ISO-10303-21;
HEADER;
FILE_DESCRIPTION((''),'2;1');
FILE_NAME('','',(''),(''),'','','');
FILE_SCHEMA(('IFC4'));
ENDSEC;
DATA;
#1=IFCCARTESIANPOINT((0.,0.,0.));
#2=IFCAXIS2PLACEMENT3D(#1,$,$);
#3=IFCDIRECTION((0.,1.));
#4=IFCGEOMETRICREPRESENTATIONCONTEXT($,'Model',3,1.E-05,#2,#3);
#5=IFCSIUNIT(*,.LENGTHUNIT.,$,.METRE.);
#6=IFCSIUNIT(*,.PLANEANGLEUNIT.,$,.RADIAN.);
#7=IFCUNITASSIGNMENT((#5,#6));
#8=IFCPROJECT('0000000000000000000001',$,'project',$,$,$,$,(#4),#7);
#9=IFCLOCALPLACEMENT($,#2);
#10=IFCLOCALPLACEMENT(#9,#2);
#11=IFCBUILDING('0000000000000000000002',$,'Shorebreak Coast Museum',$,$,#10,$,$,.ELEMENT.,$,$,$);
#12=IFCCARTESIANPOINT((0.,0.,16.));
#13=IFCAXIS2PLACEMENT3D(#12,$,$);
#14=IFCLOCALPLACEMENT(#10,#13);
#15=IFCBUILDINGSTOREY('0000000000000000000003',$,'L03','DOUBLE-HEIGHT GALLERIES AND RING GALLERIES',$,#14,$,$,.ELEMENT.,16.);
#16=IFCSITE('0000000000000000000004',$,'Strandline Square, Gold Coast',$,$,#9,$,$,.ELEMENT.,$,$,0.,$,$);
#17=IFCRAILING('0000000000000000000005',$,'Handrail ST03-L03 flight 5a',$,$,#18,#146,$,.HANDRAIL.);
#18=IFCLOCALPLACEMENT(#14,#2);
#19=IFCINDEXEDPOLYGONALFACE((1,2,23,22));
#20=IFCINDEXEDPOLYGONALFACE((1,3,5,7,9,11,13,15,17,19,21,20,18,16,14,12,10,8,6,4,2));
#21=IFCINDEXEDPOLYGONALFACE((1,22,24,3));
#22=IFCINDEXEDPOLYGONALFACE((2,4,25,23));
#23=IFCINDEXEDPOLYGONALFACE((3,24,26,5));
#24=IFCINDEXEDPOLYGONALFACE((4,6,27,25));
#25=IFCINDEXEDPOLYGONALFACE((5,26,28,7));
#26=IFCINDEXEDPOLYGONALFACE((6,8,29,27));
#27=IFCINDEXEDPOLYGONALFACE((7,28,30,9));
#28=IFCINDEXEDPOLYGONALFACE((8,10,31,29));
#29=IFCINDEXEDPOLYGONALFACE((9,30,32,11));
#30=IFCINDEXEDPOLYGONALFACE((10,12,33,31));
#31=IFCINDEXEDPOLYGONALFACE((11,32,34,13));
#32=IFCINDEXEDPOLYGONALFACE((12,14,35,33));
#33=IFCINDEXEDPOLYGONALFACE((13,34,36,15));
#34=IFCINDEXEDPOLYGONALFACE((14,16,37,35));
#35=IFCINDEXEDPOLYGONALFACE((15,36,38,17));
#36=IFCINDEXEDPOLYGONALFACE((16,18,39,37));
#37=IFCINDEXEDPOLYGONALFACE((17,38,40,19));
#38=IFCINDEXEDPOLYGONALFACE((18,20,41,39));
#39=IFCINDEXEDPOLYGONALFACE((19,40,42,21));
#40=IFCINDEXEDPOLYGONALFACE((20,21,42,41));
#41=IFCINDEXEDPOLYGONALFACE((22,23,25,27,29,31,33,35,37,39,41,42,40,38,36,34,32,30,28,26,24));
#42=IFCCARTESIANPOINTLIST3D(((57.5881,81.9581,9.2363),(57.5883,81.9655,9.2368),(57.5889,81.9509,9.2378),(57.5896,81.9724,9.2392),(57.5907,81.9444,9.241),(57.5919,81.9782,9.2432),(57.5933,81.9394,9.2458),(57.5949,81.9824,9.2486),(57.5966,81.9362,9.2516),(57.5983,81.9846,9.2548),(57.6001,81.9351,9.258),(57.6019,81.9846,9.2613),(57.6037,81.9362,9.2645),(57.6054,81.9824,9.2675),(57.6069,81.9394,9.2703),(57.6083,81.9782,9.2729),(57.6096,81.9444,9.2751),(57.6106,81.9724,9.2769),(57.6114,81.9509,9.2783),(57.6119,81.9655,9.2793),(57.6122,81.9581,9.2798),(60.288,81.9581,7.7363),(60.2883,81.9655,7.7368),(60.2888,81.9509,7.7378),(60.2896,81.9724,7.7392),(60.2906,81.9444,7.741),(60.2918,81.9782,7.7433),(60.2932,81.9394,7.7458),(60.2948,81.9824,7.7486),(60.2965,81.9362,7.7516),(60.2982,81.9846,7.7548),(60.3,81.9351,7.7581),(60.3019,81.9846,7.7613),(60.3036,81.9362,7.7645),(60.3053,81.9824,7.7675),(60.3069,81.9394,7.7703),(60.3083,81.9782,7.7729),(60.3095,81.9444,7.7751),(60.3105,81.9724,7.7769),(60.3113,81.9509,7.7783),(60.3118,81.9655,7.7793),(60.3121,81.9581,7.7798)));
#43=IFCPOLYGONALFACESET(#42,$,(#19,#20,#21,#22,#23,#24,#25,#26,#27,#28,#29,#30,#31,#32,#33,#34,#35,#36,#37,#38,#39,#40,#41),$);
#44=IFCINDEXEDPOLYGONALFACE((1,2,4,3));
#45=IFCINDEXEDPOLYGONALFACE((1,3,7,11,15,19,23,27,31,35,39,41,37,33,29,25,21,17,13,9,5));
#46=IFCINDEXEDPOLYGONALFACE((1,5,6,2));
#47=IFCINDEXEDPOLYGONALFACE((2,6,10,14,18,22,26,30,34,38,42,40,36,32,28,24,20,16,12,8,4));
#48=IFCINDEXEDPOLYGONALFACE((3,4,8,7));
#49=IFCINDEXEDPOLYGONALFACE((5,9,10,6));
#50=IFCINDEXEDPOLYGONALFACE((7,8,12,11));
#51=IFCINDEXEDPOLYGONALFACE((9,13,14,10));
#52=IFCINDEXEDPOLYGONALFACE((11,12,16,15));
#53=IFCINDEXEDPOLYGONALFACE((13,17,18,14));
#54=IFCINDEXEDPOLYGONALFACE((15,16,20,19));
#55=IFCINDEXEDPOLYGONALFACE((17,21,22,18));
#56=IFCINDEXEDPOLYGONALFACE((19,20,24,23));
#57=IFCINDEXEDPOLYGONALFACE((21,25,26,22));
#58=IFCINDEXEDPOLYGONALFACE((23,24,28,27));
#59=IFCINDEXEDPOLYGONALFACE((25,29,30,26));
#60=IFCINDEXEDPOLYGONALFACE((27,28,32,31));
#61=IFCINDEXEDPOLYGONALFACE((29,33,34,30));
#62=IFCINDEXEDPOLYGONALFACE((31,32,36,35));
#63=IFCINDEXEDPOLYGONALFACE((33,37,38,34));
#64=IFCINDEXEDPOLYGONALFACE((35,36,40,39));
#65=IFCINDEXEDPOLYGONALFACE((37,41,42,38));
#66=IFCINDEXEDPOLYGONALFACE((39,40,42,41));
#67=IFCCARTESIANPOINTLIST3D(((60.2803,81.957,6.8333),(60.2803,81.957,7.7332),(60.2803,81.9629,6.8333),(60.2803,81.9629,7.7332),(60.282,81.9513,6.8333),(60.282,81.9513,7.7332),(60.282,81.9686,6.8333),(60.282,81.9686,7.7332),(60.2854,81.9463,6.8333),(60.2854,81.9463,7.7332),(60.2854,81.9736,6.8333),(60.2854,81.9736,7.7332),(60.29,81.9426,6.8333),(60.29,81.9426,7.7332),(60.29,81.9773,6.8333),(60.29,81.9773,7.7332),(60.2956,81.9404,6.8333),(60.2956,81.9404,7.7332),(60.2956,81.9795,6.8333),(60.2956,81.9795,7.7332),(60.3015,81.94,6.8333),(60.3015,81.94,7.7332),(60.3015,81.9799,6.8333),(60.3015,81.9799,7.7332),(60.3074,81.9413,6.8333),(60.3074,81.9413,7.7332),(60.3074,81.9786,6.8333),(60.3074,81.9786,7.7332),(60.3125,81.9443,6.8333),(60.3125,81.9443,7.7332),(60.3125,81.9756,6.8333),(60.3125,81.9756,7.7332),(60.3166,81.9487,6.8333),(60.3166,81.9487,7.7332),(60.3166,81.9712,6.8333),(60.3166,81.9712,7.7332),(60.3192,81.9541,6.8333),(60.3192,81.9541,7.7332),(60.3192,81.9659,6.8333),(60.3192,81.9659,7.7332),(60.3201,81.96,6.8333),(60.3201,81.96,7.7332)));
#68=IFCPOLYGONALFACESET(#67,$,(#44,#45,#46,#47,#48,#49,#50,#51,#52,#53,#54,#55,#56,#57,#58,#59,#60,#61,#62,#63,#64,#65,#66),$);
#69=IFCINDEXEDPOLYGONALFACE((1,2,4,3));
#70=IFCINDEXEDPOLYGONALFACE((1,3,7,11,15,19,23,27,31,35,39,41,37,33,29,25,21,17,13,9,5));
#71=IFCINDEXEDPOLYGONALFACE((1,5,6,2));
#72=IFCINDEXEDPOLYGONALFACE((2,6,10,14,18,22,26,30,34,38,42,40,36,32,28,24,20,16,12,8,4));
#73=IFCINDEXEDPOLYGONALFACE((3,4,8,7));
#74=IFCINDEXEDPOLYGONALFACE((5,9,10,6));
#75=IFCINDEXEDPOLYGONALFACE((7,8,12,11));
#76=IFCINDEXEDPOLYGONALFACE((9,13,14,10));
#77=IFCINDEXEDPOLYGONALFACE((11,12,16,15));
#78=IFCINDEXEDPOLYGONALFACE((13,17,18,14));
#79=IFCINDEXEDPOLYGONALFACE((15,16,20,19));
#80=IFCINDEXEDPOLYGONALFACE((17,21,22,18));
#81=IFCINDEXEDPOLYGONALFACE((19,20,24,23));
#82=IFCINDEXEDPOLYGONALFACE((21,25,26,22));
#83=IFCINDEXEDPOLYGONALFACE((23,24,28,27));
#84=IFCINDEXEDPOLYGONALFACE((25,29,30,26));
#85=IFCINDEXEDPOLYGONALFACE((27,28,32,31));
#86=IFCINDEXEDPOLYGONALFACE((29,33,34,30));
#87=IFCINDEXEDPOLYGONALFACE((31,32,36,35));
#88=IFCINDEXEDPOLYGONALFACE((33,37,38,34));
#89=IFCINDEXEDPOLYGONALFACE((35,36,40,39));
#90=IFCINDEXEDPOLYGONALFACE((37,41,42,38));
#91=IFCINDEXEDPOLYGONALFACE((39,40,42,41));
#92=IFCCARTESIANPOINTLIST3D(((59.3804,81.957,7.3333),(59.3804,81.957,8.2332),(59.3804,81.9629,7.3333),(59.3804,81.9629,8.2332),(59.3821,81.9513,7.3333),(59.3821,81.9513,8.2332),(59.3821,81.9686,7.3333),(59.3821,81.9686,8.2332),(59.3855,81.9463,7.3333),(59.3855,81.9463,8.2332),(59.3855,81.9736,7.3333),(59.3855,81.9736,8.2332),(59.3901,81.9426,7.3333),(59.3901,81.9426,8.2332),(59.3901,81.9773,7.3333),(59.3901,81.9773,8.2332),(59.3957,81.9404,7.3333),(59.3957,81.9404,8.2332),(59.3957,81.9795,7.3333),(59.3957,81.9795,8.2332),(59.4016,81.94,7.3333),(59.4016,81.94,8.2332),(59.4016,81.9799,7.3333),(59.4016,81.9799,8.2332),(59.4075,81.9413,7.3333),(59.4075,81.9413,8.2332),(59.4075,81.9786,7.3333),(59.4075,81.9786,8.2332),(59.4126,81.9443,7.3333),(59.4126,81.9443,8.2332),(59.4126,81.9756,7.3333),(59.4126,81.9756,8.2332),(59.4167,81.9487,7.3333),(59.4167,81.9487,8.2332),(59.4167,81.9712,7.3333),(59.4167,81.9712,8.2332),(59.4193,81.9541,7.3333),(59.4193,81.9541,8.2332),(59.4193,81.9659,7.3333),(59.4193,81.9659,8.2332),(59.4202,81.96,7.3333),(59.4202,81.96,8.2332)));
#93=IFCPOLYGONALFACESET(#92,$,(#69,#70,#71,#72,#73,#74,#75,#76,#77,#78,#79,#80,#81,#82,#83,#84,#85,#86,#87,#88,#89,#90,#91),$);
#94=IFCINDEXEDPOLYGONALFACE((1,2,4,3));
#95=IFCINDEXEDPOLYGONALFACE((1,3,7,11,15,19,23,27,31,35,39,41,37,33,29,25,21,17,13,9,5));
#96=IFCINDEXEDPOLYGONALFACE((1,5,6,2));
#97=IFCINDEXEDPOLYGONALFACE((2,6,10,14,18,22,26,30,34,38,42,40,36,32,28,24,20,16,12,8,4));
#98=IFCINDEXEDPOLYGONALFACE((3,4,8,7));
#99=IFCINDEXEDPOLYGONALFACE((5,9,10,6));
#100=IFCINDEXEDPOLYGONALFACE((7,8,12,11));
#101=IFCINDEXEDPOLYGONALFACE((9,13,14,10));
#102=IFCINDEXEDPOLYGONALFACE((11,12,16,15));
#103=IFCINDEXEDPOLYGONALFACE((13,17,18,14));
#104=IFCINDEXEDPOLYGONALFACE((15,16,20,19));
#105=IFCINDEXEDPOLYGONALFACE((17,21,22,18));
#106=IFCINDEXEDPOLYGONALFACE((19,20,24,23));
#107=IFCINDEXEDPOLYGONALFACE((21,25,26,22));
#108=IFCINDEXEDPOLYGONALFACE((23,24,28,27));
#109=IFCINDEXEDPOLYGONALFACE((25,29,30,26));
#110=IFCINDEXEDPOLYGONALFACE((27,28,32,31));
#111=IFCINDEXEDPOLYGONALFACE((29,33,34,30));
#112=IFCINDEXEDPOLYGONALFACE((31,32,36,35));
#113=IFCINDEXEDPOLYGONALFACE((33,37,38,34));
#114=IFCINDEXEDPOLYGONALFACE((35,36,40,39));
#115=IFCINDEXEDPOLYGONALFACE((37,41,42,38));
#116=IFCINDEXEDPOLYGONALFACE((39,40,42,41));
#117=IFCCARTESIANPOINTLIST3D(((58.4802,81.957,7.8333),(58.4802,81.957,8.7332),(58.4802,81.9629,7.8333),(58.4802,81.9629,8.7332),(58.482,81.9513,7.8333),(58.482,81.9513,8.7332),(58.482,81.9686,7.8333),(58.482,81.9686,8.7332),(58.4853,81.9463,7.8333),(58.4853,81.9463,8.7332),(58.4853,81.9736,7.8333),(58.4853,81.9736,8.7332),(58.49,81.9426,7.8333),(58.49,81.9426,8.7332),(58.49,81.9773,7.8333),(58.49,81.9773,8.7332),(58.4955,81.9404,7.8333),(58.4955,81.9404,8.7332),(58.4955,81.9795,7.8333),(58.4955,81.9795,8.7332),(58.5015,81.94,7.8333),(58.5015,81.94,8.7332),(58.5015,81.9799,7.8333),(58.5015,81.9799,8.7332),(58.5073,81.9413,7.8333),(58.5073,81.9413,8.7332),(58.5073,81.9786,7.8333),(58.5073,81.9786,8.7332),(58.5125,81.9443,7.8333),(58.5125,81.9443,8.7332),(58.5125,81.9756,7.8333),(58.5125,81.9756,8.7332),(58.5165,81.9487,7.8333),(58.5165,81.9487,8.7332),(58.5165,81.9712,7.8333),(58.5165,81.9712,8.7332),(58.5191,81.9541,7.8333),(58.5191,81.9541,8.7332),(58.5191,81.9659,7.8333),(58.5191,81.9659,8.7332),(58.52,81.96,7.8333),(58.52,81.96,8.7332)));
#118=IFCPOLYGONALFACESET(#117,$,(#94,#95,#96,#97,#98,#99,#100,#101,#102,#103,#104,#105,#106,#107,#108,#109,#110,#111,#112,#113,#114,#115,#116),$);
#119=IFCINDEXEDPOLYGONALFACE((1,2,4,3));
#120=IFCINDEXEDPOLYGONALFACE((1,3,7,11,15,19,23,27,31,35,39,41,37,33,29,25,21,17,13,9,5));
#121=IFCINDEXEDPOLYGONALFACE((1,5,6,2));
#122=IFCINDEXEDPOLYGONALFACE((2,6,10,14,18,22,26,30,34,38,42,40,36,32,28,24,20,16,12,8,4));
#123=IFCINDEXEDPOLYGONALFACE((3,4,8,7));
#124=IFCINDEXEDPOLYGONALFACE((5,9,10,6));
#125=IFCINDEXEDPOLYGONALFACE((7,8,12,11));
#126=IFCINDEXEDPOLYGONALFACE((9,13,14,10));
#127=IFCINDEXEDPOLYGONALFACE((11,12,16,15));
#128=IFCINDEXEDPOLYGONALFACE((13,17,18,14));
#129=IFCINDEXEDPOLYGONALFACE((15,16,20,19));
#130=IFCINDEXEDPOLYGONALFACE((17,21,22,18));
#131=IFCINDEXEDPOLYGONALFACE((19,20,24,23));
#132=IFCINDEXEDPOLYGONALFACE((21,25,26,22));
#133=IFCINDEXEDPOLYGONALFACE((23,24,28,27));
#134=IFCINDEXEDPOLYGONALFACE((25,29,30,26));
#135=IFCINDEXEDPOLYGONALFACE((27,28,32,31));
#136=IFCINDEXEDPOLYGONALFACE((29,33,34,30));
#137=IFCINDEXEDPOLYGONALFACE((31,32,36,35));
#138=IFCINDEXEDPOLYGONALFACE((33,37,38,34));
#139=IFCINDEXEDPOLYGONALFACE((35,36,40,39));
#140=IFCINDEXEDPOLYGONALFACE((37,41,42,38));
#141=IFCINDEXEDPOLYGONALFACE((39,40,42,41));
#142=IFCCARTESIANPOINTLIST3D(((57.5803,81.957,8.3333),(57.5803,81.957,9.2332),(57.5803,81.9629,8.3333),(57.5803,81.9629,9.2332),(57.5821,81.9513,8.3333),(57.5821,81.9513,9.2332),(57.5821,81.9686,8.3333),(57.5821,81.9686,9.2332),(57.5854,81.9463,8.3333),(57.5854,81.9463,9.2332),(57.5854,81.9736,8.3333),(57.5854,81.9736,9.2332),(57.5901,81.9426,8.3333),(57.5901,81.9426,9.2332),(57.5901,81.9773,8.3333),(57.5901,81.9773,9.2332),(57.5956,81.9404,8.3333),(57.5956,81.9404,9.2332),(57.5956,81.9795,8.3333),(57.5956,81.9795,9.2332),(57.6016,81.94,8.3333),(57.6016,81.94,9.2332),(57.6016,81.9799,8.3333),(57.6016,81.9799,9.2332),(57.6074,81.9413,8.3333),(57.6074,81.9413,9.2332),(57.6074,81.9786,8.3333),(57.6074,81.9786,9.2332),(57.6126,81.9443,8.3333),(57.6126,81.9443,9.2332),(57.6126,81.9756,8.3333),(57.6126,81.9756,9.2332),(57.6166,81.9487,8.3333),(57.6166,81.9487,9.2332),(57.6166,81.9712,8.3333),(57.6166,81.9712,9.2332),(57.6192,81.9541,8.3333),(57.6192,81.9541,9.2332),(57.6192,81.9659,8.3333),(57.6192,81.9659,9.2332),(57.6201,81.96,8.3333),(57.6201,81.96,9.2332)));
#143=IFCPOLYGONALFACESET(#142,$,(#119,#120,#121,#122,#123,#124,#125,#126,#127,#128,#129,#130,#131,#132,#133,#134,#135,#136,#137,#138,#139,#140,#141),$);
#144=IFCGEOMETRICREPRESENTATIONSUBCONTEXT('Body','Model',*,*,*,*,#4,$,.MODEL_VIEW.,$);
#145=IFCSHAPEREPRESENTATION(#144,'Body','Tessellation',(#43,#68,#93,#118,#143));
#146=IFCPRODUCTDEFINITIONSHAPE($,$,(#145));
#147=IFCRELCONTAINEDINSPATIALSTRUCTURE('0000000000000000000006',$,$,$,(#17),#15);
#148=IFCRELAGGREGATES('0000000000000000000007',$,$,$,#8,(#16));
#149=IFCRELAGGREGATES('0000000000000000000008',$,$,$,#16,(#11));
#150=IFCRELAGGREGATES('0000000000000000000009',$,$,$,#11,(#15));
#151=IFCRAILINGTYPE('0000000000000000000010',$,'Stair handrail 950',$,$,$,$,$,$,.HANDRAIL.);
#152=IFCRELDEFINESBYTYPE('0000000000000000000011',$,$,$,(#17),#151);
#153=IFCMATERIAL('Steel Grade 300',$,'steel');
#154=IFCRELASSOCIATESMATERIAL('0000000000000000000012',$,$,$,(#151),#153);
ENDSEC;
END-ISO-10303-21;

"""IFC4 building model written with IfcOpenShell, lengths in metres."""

from ifc_helpers import new_model, si_unit, direction, frame, origin, origin_2d, place, context, subcontext, project, spatial, circle, extrude, material, type_object, element, save


model = new_model("IFC4")

# Units and contexts
model_context = context("Model", 3, precision=1e-05, world=origin(), true_north=direction((0.0, 1.0)))
body_context = subcontext(model_context, "Body", "Model", "MODEL_VIEW")
ifc_project = project(units=[si_unit("LENGTHUNIT", "METRE"), si_unit("PLANEANGLEUNIT", "RADIAN")], contexts=[model_context])

# Site, building, storey
site_placement = place(None, origin())
site = spatial("IfcSite", under=ifc_project, at=site_placement, Name="Strandline Square, Gold Coast", CompositionType="ELEMENT", RefElevation=0.0)
building_placement = place(site_placement, origin())
building = spatial("IfcBuilding", under=site, at=building_placement, Name="Shorebreak Coast Museum", CompositionType="ELEMENT")
storey_placement = place(building_placement, frame((0.0, 0.0, 16.0)))
storey = spatial("IfcBuildingStorey", under=building, at=storey_placement, Name="L03", Description="DOUBLE-HEIGHT GALLERIES AND RING GALLERIES", CompositionType="ELEMENT", Elevation=16.0)

# Railing
ifc_material_1 = material(Name="Steel Grade 300", Category="steel")
railing_type_1 = type_object("IfcRailingType", Name="Stair handrail 950", PredefinedType="HANDRAIL", material=ifc_material_1)
for number, where, name in (
    (1, (60.3, 81.96, 6.8333), "Handrail ST03-L03 flight 5a"),
):
    element("IfcRailing", number, at=place(storey_placement, frame(where)), inside=storey, type_object=railing_type_1, Name=name, PredefinedType="HANDRAIL", context=body_context, shape_type="SweptSolid", body=[
        extrude(circle(Radius=0.0249, at=origin_2d()), frame((0.0, 0.0, 0.9248), z_axis=(-0.874154, 0.0, 0.48565), x_axis=(0.0, -1.0, 0.0)), (0.0, 0.0, 1.0), 3.0886),
        extrude(circle(Radius=0.02, at=origin_2d()), origin(), (0.0, 0.0, 1.0), 0.8999),
        extrude(circle(Radius=0.02, at=origin_2d()), frame((-0.8999, 0.0, 0.5)), (0.0, 0.0, 1.0), 0.8999),
        extrude(circle(Radius=0.02, at=origin_2d()), frame((-1.8, 0.0, 1.0)), (0.0, 0.0, 1.0), 0.8999),
        extrude(circle(Radius=0.02, at=origin_2d()), frame((-2.7, 0.0, 1.5)), (0.0, 0.0, 1.0), 0.8999),
    ])

save(model, "model.ifc")
